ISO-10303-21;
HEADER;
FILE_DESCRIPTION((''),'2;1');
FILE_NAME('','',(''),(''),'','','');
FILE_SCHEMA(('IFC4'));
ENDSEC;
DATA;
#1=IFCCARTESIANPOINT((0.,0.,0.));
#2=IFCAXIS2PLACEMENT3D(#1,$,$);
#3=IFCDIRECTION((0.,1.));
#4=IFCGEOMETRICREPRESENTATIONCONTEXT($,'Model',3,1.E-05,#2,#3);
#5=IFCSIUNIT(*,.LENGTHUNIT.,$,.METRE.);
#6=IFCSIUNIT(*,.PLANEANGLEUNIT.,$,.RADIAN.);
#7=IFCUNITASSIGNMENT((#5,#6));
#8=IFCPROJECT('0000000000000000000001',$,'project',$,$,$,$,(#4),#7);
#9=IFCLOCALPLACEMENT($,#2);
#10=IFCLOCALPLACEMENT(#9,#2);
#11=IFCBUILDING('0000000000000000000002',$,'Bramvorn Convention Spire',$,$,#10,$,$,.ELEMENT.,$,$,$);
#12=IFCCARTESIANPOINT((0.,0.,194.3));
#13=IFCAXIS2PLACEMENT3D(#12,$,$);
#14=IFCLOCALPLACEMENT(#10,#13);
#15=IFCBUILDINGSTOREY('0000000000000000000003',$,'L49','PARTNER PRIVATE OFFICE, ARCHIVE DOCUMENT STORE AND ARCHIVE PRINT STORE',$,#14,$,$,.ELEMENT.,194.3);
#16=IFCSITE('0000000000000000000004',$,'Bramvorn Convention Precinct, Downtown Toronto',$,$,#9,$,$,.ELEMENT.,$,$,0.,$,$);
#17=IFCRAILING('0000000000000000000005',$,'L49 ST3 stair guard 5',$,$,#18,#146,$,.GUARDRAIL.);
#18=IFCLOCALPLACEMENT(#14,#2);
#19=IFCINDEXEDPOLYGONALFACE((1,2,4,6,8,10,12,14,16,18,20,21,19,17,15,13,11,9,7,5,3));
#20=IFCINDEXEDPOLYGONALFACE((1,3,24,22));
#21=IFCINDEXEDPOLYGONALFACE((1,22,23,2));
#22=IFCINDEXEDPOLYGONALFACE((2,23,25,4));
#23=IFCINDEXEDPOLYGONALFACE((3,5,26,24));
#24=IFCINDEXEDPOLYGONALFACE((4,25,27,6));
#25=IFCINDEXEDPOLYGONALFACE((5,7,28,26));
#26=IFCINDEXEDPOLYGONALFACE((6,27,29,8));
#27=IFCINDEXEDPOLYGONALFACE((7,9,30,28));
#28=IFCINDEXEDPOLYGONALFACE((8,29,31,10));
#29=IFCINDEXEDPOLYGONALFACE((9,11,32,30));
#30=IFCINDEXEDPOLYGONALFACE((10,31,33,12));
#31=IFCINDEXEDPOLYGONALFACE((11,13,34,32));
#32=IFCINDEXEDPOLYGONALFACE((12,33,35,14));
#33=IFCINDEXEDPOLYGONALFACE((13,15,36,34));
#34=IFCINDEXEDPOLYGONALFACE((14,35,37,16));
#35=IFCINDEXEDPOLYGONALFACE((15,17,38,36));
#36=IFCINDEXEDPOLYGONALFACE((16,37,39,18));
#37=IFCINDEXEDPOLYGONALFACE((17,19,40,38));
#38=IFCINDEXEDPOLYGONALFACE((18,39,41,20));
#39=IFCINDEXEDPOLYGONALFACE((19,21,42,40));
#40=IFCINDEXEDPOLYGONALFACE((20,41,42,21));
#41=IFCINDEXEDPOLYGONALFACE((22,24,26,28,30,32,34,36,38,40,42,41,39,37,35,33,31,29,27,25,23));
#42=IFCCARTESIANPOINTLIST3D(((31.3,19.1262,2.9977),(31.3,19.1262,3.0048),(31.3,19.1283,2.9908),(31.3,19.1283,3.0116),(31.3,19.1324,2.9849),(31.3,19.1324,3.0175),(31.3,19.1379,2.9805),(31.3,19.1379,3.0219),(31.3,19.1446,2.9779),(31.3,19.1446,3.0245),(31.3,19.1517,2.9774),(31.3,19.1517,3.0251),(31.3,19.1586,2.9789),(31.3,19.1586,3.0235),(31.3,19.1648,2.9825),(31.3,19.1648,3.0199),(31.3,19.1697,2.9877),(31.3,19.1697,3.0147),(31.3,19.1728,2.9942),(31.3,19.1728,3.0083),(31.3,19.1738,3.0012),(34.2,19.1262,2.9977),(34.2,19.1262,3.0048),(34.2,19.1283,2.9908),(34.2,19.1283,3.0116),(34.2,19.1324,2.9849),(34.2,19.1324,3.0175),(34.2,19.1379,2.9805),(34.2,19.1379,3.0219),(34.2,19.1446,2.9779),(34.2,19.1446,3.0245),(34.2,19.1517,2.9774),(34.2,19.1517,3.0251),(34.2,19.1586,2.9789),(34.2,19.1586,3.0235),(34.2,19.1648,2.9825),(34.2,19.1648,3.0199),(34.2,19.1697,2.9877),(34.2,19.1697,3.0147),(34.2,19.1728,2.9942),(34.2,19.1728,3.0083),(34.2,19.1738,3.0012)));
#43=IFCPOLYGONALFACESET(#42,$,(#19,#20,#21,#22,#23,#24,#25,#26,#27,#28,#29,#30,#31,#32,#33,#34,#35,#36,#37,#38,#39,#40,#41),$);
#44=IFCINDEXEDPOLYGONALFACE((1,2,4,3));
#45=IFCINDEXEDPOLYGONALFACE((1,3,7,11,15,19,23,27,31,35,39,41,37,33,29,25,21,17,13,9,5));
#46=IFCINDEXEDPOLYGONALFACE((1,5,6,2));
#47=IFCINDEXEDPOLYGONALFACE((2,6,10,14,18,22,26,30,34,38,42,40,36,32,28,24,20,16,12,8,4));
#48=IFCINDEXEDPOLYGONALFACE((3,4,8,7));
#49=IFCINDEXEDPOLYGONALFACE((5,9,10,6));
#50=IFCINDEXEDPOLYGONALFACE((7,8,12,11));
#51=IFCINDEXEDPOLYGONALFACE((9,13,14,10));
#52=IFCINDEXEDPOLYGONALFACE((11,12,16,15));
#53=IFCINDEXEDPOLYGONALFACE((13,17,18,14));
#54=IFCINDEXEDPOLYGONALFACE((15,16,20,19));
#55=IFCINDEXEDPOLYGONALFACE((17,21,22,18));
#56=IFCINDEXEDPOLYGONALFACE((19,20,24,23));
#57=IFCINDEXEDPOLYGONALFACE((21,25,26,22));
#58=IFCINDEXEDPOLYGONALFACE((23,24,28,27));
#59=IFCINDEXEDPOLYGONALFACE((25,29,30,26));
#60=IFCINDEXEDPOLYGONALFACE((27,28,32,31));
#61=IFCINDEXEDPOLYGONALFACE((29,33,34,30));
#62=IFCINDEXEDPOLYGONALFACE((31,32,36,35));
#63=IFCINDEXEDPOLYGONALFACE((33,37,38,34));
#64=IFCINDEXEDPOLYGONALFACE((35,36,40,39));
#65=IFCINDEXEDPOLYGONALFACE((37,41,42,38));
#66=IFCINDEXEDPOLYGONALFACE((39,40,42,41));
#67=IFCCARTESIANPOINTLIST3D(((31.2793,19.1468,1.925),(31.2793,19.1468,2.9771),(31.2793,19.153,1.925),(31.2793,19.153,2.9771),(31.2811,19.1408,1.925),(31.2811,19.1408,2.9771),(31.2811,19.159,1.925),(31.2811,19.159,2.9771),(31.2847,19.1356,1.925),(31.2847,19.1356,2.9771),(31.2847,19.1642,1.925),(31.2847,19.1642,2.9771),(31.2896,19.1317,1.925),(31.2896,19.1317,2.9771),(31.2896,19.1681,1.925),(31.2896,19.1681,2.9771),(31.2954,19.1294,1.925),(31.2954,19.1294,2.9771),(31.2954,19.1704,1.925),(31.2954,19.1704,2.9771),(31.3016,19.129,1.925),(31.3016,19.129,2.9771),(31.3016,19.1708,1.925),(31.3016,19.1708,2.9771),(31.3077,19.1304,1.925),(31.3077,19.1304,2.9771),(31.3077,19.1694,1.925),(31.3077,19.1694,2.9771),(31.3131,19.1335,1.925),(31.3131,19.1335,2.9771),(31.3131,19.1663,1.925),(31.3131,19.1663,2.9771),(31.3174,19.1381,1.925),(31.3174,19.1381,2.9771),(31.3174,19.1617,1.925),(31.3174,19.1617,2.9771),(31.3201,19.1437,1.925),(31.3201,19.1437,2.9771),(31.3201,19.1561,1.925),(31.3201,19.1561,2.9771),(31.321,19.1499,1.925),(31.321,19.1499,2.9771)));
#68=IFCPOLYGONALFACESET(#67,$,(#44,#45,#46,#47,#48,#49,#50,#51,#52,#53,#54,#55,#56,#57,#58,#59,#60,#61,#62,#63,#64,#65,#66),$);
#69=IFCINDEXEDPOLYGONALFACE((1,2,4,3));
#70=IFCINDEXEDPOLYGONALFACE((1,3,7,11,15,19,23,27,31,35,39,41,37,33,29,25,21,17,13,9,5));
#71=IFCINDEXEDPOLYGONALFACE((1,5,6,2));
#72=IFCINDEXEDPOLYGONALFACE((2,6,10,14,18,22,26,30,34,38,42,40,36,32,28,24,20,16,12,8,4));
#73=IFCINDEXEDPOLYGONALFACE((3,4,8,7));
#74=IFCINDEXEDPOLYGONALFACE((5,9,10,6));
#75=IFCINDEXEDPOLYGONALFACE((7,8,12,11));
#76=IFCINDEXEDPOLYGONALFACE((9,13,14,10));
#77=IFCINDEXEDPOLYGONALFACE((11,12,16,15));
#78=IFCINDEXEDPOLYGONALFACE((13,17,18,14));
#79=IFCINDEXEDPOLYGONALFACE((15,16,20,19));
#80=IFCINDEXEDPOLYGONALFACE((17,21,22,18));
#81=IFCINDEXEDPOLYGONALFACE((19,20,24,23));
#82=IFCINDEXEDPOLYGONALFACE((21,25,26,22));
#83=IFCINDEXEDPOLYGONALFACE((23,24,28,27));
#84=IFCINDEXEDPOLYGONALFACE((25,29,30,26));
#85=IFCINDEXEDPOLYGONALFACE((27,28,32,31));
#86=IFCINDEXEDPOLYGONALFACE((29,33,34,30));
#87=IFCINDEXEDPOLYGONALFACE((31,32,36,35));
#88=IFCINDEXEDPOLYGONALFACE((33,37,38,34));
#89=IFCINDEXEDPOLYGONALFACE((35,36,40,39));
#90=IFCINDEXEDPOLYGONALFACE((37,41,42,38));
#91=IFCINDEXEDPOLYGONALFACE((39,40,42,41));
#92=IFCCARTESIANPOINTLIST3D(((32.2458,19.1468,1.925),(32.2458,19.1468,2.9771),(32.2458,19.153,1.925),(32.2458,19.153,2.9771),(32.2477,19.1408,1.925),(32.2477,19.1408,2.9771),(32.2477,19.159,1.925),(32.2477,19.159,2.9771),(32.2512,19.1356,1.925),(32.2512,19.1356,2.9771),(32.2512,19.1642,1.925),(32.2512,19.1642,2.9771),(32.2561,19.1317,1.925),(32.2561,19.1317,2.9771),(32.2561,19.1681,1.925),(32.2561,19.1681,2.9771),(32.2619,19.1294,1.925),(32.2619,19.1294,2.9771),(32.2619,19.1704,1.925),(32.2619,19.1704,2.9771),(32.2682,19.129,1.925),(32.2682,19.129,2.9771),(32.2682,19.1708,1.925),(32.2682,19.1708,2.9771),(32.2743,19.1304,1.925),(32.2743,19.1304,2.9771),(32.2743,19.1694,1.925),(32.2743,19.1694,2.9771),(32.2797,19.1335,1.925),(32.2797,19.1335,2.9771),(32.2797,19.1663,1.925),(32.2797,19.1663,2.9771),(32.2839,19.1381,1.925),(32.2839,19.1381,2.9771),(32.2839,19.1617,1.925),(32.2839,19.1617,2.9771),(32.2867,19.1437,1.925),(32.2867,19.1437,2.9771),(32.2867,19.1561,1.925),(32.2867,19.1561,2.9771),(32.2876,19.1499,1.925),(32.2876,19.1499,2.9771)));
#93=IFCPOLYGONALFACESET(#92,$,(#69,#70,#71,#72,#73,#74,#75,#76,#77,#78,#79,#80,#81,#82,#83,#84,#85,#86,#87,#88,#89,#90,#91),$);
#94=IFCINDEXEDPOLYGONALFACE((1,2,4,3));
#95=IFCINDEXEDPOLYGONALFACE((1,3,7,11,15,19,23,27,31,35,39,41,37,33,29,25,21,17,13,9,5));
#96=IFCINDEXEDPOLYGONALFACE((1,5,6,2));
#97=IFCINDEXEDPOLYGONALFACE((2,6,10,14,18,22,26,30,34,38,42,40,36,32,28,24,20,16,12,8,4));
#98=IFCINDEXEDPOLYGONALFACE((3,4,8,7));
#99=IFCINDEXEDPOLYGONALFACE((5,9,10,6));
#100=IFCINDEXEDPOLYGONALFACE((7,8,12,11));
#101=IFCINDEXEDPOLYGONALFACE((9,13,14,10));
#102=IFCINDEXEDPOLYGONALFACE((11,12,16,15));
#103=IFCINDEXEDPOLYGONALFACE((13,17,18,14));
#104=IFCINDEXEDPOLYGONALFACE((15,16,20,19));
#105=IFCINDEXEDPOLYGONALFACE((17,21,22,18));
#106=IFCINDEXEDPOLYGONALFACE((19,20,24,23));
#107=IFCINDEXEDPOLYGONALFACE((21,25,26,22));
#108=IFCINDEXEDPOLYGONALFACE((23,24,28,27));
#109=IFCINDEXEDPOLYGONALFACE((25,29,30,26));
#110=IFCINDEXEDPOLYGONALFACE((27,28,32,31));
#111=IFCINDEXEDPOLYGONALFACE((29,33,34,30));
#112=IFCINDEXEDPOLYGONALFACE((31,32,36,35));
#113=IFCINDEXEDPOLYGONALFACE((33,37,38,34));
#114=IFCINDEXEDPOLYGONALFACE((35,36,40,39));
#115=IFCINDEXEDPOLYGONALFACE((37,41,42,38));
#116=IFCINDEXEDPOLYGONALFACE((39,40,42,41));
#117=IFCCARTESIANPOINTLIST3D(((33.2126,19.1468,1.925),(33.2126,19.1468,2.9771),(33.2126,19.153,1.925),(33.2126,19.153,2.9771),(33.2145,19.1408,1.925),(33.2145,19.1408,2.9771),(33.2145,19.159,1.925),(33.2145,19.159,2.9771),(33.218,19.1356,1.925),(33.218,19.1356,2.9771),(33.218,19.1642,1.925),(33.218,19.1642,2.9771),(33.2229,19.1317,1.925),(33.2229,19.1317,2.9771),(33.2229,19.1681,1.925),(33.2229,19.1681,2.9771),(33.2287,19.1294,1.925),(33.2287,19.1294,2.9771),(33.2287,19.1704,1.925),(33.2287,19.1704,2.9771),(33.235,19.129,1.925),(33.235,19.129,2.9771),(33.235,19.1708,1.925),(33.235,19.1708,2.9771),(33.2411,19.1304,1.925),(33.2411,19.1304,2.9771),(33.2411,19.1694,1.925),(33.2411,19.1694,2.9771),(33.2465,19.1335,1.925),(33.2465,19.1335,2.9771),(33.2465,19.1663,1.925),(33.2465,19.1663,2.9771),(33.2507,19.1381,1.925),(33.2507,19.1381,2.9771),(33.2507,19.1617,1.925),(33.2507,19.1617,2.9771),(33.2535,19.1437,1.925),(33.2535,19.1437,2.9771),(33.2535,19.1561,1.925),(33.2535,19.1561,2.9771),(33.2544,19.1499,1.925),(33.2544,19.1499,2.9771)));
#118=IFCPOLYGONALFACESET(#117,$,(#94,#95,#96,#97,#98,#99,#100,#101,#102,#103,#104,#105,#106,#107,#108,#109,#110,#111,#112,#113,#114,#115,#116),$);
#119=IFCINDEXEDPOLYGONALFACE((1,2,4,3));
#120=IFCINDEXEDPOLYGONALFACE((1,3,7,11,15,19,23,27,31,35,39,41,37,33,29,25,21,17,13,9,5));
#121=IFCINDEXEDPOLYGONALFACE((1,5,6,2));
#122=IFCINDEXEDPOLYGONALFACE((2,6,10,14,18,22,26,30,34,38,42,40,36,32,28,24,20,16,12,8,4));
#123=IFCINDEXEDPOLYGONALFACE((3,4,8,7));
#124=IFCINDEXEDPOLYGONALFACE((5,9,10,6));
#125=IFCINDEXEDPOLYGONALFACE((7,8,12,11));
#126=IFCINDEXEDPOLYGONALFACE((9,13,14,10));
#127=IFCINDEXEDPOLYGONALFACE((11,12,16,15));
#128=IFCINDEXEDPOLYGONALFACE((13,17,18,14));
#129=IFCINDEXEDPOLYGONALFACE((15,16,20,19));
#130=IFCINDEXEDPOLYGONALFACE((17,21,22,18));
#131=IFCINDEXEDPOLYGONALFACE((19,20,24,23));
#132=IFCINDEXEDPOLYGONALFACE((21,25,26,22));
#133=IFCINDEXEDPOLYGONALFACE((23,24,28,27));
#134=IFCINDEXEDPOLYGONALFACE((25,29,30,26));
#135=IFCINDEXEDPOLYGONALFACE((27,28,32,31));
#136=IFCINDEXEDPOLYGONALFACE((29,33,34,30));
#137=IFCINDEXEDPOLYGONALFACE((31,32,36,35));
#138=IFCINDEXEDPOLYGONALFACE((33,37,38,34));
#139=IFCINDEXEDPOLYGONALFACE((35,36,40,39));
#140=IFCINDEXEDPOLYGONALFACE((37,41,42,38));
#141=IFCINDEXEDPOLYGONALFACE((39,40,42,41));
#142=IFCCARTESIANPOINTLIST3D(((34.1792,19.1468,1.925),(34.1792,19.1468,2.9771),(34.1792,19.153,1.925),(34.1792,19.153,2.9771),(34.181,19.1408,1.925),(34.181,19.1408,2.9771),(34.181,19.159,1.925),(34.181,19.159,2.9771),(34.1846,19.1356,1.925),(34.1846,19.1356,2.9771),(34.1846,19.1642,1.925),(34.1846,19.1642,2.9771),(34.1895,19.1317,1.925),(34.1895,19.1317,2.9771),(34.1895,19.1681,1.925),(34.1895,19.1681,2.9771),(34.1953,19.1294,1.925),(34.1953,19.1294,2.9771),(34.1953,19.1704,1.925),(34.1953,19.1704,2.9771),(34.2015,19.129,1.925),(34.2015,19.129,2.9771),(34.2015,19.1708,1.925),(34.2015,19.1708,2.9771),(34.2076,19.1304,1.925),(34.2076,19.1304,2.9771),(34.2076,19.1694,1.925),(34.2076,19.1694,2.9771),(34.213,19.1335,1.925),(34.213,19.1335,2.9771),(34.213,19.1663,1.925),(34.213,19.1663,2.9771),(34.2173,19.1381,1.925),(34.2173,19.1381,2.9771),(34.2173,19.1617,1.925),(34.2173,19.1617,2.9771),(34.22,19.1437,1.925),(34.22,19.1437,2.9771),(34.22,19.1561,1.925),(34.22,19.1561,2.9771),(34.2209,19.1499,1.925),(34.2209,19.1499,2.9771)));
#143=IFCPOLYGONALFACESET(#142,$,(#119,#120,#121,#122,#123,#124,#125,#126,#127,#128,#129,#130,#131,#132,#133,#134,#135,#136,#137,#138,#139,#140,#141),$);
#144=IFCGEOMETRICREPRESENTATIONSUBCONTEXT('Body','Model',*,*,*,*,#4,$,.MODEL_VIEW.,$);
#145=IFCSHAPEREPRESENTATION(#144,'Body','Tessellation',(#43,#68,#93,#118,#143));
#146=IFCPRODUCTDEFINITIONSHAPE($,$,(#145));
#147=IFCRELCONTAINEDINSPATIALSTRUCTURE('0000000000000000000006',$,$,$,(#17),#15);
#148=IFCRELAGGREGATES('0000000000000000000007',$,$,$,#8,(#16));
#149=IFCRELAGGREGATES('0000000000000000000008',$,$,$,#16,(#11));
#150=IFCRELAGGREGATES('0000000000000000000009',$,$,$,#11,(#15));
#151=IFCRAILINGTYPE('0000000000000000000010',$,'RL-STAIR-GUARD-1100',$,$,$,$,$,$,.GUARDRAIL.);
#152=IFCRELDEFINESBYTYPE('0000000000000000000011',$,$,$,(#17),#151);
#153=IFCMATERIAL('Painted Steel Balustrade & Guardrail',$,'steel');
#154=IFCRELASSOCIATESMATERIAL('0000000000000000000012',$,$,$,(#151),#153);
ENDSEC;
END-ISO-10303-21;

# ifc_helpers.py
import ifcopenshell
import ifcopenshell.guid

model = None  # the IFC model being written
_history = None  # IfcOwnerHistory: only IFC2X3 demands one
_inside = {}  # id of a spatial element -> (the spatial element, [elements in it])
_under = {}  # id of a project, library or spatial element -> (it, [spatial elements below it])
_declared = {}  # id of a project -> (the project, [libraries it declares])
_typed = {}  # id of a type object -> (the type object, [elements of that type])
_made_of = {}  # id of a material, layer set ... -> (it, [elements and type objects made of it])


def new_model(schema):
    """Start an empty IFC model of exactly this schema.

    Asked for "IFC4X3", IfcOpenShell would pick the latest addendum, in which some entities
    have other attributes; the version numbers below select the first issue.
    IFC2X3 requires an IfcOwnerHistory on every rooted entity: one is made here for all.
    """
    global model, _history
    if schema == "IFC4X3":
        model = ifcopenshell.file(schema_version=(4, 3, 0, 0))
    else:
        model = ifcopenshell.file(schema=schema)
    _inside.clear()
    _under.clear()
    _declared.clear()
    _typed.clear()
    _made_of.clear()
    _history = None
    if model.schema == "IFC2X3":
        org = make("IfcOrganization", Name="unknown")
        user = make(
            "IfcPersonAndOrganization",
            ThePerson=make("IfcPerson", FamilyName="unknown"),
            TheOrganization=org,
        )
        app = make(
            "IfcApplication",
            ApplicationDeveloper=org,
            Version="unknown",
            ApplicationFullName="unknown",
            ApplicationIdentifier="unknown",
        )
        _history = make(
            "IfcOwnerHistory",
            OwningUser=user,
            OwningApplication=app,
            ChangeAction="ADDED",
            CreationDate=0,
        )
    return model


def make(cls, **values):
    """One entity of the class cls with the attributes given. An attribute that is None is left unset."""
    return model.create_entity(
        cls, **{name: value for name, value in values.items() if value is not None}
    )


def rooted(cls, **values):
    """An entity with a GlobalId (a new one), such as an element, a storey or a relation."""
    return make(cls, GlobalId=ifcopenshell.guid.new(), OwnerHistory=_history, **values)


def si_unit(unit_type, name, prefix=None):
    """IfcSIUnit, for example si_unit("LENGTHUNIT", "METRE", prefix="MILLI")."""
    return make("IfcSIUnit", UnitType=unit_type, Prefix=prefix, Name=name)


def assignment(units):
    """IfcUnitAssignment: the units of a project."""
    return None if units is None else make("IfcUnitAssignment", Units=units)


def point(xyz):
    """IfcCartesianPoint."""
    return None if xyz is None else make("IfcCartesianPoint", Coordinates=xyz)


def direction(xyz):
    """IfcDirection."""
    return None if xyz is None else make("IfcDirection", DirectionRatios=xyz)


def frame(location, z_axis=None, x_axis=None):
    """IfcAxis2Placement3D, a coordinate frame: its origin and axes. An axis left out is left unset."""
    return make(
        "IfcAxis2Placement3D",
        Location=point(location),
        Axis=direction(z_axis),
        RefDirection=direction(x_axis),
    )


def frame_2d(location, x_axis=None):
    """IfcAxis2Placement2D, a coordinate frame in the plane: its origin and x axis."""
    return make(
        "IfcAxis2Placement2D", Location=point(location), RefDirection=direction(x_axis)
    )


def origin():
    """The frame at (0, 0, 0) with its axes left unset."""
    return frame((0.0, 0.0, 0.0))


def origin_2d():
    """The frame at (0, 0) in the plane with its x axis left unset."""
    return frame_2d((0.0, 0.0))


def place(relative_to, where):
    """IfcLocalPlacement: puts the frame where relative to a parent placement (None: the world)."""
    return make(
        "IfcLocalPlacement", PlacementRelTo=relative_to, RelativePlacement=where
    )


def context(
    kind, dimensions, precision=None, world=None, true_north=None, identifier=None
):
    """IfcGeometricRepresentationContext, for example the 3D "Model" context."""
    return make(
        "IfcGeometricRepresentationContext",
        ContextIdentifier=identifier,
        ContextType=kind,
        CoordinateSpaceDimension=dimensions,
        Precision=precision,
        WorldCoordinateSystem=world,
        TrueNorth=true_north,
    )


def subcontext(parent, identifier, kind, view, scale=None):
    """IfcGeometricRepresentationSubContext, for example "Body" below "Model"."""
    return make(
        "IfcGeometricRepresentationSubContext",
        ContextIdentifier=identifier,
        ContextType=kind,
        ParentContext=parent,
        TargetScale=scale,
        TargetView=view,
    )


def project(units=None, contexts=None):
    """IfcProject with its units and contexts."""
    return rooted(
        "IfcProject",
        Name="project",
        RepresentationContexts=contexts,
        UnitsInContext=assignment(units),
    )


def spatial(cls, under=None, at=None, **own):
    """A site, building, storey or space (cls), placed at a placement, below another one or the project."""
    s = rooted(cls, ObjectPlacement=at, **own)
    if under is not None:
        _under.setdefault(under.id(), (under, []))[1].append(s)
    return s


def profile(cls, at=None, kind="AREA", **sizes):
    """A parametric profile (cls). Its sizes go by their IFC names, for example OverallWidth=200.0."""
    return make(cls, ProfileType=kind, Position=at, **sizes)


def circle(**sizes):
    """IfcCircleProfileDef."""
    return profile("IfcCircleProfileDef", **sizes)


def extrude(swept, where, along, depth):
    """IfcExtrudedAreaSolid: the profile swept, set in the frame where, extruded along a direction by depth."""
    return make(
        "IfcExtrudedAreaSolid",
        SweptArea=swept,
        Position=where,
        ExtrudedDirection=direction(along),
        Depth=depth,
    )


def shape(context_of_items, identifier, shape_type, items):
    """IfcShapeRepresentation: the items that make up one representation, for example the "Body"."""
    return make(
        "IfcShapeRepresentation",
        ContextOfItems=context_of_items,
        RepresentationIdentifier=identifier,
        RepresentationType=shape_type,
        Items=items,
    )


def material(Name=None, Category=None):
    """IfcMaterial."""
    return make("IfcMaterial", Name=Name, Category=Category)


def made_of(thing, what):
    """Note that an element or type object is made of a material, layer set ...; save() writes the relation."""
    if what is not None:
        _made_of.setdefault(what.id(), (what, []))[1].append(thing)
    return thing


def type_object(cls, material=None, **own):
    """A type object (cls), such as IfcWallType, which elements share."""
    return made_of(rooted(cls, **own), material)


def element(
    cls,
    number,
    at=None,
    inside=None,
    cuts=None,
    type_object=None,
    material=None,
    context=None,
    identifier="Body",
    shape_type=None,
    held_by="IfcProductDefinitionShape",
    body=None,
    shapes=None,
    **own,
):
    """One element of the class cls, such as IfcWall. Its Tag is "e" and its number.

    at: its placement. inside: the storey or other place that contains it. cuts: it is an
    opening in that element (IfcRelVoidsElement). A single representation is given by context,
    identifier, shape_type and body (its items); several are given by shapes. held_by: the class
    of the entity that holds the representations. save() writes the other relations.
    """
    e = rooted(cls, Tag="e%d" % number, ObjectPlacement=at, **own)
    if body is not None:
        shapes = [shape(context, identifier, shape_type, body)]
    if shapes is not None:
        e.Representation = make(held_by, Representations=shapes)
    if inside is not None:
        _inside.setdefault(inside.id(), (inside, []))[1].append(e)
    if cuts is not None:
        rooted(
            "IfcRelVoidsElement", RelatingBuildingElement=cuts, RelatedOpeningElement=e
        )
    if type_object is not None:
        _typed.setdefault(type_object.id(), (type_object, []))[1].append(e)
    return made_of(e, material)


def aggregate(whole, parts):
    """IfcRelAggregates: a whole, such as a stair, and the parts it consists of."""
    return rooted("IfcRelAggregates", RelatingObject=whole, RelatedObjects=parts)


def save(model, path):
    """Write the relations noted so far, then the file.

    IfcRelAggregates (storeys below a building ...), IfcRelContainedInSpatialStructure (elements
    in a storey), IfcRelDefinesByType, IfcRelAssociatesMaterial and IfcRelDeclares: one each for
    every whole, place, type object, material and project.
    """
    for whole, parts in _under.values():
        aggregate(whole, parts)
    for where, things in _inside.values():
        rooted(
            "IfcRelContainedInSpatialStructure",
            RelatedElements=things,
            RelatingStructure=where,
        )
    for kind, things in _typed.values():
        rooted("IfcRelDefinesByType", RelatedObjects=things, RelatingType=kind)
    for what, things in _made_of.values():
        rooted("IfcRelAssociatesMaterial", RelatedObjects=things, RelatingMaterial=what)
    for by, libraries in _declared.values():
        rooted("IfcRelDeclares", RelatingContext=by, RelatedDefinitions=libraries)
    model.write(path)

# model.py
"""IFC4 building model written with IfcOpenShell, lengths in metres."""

from ifc_helpers import new_model, si_unit, direction, frame, origin, origin_2d, place, context, subcontext, project, spatial, circle, extrude, material, type_object, element, save


model = new_model("IFC4")

# Units and contexts
model_context = context("Model", 3, precision=1e-05, world=origin(), true_north=direction((0.0, 1.0)))
body_context = subcontext(model_context, "Body", "Model", "MODEL_VIEW")
ifc_project = project(units=[si_unit("LENGTHUNIT", "METRE"), si_unit("PLANEANGLEUNIT", "RADIAN")], contexts=[model_context])

# Site, building, storey
site_placement = place(None, origin())
site = spatial("IfcSite", under=ifc_project, at=site_placement, Name="Bramvorn Convention Precinct, Downtown Toronto", CompositionType="ELEMENT", RefElevation=0.0)
building_placement = place(site_placement, origin())
building = spatial("IfcBuilding", under=site, at=building_placement, Name="Bramvorn Convention Spire", CompositionType="ELEMENT")
storey_placement = place(building_placement, frame((0.0, 0.0, 194.3)))
storey = spatial("IfcBuildingStorey", under=building, at=storey_placement, Name="L49", Description="PARTNER PRIVATE OFFICE, ARCHIVE DOCUMENT STORE AND ARCHIVE PRINT STORE", CompositionType="ELEMENT", Elevation=194.3)

# Railing
ifc_material_1 = material(Name="Painted Steel Balustrade & Guardrail", Category="steel")
railing_type_1 = type_object("IfcRailingType", Name="RL-STAIR-GUARD-1100", PredefinedType="GUARDRAIL", material=ifc_material_1)
railing_1_placement = place(storey_placement, frame((31.3, 19.1499, 1.925)))
element("IfcRailing", 1, at=railing_1_placement, inside=storey, type_object=railing_type_1, Name="L49 ST3 stair guard 5", PredefinedType="GUARDRAIL", context=body_context, shape_type="SweptSolid", body=[
    extrude(circle(Radius=0.0239, at=origin_2d()), frame((0.0, 0.0, 1.0762), z_axis=(1.0, 0.0, 0.0), x_axis=(0.0, 1.0, 0.0)), (0.0, 0.0, 1.0), 2.8999),
    extrude(circle(Radius=0.021, at=origin_2d()), origin(), (0.0, 0.0, 1.0), 1.052),
    extrude(circle(Radius=0.021, at=origin_2d()), frame((0.9666, 0.0, 0.0)), (0.0, 0.0, 1.0), 1.052),
    extrude(circle(Radius=0.021, at=origin_2d()), frame((1.9333, 0.0, 0.0)), (0.0, 0.0, 1.0), 1.052),
    extrude(circle(Radius=0.021, at=origin_2d()), frame((2.8999, 0.0, 0.0)), (0.0, 0.0, 1.0), 1.052),
])

save(model, "model.ifc")
